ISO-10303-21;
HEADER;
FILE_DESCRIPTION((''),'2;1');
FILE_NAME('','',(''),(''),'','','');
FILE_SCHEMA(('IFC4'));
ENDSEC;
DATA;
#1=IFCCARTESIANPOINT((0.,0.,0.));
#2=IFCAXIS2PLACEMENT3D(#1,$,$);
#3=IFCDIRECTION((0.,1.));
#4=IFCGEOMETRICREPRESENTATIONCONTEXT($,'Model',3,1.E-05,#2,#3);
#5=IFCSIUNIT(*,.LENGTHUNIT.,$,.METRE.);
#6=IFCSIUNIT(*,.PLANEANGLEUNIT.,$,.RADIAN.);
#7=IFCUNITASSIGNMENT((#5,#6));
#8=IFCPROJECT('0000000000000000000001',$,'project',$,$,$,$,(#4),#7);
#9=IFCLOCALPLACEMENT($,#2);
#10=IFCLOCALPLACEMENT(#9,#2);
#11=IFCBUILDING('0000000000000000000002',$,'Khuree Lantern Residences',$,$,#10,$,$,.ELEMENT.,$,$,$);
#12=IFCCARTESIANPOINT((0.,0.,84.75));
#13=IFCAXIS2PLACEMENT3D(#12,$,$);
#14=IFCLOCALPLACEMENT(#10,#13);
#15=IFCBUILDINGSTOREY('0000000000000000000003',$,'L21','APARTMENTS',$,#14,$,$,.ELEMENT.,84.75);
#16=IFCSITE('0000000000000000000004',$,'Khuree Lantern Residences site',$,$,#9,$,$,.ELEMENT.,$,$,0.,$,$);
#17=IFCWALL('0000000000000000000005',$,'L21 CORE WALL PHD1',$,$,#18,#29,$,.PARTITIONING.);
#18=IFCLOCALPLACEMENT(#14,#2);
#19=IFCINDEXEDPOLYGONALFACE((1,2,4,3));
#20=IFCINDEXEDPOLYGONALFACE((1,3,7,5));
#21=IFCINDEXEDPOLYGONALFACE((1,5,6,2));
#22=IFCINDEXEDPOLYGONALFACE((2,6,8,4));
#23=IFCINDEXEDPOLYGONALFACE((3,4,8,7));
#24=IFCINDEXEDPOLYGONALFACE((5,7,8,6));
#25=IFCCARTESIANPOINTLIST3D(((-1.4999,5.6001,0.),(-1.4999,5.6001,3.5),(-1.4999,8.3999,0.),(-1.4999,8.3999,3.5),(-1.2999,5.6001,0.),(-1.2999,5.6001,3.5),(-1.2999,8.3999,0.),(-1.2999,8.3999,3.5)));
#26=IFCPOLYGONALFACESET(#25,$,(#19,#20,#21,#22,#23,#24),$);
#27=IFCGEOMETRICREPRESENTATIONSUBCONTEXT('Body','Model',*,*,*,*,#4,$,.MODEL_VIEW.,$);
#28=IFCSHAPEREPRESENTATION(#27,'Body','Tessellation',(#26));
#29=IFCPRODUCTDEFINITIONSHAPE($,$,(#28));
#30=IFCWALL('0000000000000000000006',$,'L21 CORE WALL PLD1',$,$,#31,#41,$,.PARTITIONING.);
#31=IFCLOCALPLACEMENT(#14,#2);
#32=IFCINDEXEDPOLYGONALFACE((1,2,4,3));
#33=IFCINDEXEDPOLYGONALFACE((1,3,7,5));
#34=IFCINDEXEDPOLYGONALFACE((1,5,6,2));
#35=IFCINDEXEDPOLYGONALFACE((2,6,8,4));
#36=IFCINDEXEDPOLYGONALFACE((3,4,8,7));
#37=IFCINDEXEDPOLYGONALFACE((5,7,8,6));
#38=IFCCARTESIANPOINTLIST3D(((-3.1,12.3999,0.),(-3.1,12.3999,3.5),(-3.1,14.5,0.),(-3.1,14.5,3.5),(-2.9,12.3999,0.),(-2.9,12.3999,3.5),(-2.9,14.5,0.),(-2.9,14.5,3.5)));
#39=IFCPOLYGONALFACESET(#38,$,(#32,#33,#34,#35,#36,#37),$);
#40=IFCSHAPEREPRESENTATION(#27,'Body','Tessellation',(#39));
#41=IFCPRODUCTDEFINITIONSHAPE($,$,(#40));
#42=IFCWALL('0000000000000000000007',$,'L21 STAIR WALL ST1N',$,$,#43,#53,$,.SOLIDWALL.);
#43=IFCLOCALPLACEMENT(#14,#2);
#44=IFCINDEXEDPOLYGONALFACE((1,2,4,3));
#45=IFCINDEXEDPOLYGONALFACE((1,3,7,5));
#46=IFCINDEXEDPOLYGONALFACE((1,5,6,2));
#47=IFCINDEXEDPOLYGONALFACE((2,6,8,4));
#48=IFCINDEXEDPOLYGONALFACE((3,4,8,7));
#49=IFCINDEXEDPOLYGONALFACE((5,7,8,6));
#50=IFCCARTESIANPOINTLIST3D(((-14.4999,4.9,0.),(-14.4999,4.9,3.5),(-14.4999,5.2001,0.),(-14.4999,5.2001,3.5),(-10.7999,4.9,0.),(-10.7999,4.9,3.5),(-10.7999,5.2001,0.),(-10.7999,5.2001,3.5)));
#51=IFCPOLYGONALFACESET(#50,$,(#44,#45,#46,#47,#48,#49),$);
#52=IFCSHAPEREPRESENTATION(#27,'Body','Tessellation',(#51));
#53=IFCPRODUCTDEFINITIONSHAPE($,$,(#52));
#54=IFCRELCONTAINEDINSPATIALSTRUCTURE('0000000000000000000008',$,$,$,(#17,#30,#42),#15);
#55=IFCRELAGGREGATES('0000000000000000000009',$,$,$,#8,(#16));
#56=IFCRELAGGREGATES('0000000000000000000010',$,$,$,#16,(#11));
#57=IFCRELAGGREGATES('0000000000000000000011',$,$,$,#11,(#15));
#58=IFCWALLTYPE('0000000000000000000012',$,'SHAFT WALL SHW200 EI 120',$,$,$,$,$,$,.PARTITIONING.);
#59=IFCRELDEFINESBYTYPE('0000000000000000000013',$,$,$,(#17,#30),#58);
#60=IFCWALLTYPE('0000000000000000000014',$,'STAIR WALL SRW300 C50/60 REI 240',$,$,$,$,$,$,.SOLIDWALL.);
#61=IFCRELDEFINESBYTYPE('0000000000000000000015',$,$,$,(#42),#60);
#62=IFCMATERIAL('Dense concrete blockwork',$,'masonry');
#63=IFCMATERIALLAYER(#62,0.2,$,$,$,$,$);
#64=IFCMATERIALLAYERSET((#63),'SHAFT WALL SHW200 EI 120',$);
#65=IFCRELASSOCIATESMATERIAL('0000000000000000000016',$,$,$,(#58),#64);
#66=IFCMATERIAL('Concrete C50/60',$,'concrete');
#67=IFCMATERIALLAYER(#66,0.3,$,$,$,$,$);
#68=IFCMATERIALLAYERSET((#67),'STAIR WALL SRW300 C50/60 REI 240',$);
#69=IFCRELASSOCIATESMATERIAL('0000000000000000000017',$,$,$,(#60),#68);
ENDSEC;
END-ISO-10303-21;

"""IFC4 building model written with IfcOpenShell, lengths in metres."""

from ifc_helpers import new_model, si_unit, direction, frame, frame_2d, origin, place, context, subcontext, project, spatial, rectangle, extrude, material, layer, layer_set, type_object, element, save


model = new_model("IFC4")

# Units and contexts
model_context = context("Model", 3, precision=1e-05, world=origin(), true_north=direction((0.0, 1.0)))
body_context = subcontext(model_context, "Body", "Model", "MODEL_VIEW")
ifc_project = project(units=[si_unit("LENGTHUNIT", "METRE"), si_unit("PLANEANGLEUNIT", "RADIAN")], contexts=[model_context])

# Site, building, storey
site_placement = place(None, origin())
site = spatial("IfcSite", under=ifc_project, at=site_placement, Name="Khuree Lantern Residences site", CompositionType="ELEMENT", RefElevation=0.0)
building_placement = place(site_placement, origin())
building = spatial("IfcBuilding", under=site, at=building_placement, Name="Khuree Lantern Residences", CompositionType="ELEMENT")
storey_placement = place(building_placement, frame((0.0, 0.0, 84.75)))
storey = spatial("IfcBuildingStorey", under=building, at=storey_placement, Name="L21", Description="APARTMENTS", CompositionType="ELEMENT", Elevation=84.75)

# Shared definitions
ifc_material_1 = material(Name="Dense concrete blockwork", Category="masonry")

# Walls
ifc_layer_1 = layer(ifc_material_1, 0.2)
ifc_layer_set_1 = layer_set([ifc_layer_1], Name="SHAFT WALL SHW200 EI 120")
wall_type_1 = type_object("IfcWallType", Name="SHAFT WALL SHW200 EI 120", PredefinedType="PARTITIONING", material=ifc_layer_set_1)
wall_1_placement = place(storey_placement, frame((-1.3999, 5.6001, 0.0), z_axis=(0.0, 0.0, 1.0), x_axis=(0.0, 1.0, 0.0)))
element("IfcWall", 1, at=wall_1_placement, inside=storey, type_object=wall_type_1, Name="L21 CORE WALL PHD1", PredefinedType="PARTITIONING", context=body_context, shape_type="SweptSolid", body=[
    extrude(rectangle(XDim=2.7998, YDim=0.2, at=frame_2d((1.3999, 0.0))), origin(), (0.0, 0.0, 1.0), 3.5),
])
wall_2_placement = place(storey_placement, frame((-3.0, 12.3999, 0.0), z_axis=(0.0, 0.0, 1.0), x_axis=(0.0, 1.0, 0.0)))
element("IfcWall", 2, at=wall_2_placement, inside=storey, type_object=wall_type_1, Name="L21 CORE WALL PLD1", PredefinedType="PARTITIONING", context=body_context, shape_type="SweptSolid", body=[
    extrude(rectangle(XDim=2.1001, YDim=0.2, at=frame_2d((1.05, 0.0))), origin(), (0.0, 0.0, 1.0), 3.5),
])
ifc_material_2 = material(Name="Concrete C50/60", Category="concrete")
ifc_layer_2 = layer(ifc_material_2, 0.3)
ifc_layer_set_2 = layer_set([ifc_layer_2], Name="STAIR WALL SRW300 C50/60 REI 240")
wall_type_2 = type_object("IfcWallType", Name="STAIR WALL SRW300 C50/60 REI 240", PredefinedType="SOLIDWALL", material=ifc_layer_set_2)
wall_3_placement = place(storey_placement, frame((-14.5, 5.05, 0.0), z_axis=(0.0, 0.0, 1.0), x_axis=(1.0, 0.0, 0.0)))
element("IfcWall", 3, at=wall_3_placement, inside=storey, type_object=wall_type_2, Name="L21 STAIR WALL ST1N", PredefinedType="SOLIDWALL", context=body_context, shape_type="SweptSolid", body=[
    extrude(rectangle(XDim=3.7, YDim=0.3, at=frame_2d((1.8501, 0.0))), origin(), (0.0, 0.0, 1.0), 3.5),
])

save(model, "model.ifc")
